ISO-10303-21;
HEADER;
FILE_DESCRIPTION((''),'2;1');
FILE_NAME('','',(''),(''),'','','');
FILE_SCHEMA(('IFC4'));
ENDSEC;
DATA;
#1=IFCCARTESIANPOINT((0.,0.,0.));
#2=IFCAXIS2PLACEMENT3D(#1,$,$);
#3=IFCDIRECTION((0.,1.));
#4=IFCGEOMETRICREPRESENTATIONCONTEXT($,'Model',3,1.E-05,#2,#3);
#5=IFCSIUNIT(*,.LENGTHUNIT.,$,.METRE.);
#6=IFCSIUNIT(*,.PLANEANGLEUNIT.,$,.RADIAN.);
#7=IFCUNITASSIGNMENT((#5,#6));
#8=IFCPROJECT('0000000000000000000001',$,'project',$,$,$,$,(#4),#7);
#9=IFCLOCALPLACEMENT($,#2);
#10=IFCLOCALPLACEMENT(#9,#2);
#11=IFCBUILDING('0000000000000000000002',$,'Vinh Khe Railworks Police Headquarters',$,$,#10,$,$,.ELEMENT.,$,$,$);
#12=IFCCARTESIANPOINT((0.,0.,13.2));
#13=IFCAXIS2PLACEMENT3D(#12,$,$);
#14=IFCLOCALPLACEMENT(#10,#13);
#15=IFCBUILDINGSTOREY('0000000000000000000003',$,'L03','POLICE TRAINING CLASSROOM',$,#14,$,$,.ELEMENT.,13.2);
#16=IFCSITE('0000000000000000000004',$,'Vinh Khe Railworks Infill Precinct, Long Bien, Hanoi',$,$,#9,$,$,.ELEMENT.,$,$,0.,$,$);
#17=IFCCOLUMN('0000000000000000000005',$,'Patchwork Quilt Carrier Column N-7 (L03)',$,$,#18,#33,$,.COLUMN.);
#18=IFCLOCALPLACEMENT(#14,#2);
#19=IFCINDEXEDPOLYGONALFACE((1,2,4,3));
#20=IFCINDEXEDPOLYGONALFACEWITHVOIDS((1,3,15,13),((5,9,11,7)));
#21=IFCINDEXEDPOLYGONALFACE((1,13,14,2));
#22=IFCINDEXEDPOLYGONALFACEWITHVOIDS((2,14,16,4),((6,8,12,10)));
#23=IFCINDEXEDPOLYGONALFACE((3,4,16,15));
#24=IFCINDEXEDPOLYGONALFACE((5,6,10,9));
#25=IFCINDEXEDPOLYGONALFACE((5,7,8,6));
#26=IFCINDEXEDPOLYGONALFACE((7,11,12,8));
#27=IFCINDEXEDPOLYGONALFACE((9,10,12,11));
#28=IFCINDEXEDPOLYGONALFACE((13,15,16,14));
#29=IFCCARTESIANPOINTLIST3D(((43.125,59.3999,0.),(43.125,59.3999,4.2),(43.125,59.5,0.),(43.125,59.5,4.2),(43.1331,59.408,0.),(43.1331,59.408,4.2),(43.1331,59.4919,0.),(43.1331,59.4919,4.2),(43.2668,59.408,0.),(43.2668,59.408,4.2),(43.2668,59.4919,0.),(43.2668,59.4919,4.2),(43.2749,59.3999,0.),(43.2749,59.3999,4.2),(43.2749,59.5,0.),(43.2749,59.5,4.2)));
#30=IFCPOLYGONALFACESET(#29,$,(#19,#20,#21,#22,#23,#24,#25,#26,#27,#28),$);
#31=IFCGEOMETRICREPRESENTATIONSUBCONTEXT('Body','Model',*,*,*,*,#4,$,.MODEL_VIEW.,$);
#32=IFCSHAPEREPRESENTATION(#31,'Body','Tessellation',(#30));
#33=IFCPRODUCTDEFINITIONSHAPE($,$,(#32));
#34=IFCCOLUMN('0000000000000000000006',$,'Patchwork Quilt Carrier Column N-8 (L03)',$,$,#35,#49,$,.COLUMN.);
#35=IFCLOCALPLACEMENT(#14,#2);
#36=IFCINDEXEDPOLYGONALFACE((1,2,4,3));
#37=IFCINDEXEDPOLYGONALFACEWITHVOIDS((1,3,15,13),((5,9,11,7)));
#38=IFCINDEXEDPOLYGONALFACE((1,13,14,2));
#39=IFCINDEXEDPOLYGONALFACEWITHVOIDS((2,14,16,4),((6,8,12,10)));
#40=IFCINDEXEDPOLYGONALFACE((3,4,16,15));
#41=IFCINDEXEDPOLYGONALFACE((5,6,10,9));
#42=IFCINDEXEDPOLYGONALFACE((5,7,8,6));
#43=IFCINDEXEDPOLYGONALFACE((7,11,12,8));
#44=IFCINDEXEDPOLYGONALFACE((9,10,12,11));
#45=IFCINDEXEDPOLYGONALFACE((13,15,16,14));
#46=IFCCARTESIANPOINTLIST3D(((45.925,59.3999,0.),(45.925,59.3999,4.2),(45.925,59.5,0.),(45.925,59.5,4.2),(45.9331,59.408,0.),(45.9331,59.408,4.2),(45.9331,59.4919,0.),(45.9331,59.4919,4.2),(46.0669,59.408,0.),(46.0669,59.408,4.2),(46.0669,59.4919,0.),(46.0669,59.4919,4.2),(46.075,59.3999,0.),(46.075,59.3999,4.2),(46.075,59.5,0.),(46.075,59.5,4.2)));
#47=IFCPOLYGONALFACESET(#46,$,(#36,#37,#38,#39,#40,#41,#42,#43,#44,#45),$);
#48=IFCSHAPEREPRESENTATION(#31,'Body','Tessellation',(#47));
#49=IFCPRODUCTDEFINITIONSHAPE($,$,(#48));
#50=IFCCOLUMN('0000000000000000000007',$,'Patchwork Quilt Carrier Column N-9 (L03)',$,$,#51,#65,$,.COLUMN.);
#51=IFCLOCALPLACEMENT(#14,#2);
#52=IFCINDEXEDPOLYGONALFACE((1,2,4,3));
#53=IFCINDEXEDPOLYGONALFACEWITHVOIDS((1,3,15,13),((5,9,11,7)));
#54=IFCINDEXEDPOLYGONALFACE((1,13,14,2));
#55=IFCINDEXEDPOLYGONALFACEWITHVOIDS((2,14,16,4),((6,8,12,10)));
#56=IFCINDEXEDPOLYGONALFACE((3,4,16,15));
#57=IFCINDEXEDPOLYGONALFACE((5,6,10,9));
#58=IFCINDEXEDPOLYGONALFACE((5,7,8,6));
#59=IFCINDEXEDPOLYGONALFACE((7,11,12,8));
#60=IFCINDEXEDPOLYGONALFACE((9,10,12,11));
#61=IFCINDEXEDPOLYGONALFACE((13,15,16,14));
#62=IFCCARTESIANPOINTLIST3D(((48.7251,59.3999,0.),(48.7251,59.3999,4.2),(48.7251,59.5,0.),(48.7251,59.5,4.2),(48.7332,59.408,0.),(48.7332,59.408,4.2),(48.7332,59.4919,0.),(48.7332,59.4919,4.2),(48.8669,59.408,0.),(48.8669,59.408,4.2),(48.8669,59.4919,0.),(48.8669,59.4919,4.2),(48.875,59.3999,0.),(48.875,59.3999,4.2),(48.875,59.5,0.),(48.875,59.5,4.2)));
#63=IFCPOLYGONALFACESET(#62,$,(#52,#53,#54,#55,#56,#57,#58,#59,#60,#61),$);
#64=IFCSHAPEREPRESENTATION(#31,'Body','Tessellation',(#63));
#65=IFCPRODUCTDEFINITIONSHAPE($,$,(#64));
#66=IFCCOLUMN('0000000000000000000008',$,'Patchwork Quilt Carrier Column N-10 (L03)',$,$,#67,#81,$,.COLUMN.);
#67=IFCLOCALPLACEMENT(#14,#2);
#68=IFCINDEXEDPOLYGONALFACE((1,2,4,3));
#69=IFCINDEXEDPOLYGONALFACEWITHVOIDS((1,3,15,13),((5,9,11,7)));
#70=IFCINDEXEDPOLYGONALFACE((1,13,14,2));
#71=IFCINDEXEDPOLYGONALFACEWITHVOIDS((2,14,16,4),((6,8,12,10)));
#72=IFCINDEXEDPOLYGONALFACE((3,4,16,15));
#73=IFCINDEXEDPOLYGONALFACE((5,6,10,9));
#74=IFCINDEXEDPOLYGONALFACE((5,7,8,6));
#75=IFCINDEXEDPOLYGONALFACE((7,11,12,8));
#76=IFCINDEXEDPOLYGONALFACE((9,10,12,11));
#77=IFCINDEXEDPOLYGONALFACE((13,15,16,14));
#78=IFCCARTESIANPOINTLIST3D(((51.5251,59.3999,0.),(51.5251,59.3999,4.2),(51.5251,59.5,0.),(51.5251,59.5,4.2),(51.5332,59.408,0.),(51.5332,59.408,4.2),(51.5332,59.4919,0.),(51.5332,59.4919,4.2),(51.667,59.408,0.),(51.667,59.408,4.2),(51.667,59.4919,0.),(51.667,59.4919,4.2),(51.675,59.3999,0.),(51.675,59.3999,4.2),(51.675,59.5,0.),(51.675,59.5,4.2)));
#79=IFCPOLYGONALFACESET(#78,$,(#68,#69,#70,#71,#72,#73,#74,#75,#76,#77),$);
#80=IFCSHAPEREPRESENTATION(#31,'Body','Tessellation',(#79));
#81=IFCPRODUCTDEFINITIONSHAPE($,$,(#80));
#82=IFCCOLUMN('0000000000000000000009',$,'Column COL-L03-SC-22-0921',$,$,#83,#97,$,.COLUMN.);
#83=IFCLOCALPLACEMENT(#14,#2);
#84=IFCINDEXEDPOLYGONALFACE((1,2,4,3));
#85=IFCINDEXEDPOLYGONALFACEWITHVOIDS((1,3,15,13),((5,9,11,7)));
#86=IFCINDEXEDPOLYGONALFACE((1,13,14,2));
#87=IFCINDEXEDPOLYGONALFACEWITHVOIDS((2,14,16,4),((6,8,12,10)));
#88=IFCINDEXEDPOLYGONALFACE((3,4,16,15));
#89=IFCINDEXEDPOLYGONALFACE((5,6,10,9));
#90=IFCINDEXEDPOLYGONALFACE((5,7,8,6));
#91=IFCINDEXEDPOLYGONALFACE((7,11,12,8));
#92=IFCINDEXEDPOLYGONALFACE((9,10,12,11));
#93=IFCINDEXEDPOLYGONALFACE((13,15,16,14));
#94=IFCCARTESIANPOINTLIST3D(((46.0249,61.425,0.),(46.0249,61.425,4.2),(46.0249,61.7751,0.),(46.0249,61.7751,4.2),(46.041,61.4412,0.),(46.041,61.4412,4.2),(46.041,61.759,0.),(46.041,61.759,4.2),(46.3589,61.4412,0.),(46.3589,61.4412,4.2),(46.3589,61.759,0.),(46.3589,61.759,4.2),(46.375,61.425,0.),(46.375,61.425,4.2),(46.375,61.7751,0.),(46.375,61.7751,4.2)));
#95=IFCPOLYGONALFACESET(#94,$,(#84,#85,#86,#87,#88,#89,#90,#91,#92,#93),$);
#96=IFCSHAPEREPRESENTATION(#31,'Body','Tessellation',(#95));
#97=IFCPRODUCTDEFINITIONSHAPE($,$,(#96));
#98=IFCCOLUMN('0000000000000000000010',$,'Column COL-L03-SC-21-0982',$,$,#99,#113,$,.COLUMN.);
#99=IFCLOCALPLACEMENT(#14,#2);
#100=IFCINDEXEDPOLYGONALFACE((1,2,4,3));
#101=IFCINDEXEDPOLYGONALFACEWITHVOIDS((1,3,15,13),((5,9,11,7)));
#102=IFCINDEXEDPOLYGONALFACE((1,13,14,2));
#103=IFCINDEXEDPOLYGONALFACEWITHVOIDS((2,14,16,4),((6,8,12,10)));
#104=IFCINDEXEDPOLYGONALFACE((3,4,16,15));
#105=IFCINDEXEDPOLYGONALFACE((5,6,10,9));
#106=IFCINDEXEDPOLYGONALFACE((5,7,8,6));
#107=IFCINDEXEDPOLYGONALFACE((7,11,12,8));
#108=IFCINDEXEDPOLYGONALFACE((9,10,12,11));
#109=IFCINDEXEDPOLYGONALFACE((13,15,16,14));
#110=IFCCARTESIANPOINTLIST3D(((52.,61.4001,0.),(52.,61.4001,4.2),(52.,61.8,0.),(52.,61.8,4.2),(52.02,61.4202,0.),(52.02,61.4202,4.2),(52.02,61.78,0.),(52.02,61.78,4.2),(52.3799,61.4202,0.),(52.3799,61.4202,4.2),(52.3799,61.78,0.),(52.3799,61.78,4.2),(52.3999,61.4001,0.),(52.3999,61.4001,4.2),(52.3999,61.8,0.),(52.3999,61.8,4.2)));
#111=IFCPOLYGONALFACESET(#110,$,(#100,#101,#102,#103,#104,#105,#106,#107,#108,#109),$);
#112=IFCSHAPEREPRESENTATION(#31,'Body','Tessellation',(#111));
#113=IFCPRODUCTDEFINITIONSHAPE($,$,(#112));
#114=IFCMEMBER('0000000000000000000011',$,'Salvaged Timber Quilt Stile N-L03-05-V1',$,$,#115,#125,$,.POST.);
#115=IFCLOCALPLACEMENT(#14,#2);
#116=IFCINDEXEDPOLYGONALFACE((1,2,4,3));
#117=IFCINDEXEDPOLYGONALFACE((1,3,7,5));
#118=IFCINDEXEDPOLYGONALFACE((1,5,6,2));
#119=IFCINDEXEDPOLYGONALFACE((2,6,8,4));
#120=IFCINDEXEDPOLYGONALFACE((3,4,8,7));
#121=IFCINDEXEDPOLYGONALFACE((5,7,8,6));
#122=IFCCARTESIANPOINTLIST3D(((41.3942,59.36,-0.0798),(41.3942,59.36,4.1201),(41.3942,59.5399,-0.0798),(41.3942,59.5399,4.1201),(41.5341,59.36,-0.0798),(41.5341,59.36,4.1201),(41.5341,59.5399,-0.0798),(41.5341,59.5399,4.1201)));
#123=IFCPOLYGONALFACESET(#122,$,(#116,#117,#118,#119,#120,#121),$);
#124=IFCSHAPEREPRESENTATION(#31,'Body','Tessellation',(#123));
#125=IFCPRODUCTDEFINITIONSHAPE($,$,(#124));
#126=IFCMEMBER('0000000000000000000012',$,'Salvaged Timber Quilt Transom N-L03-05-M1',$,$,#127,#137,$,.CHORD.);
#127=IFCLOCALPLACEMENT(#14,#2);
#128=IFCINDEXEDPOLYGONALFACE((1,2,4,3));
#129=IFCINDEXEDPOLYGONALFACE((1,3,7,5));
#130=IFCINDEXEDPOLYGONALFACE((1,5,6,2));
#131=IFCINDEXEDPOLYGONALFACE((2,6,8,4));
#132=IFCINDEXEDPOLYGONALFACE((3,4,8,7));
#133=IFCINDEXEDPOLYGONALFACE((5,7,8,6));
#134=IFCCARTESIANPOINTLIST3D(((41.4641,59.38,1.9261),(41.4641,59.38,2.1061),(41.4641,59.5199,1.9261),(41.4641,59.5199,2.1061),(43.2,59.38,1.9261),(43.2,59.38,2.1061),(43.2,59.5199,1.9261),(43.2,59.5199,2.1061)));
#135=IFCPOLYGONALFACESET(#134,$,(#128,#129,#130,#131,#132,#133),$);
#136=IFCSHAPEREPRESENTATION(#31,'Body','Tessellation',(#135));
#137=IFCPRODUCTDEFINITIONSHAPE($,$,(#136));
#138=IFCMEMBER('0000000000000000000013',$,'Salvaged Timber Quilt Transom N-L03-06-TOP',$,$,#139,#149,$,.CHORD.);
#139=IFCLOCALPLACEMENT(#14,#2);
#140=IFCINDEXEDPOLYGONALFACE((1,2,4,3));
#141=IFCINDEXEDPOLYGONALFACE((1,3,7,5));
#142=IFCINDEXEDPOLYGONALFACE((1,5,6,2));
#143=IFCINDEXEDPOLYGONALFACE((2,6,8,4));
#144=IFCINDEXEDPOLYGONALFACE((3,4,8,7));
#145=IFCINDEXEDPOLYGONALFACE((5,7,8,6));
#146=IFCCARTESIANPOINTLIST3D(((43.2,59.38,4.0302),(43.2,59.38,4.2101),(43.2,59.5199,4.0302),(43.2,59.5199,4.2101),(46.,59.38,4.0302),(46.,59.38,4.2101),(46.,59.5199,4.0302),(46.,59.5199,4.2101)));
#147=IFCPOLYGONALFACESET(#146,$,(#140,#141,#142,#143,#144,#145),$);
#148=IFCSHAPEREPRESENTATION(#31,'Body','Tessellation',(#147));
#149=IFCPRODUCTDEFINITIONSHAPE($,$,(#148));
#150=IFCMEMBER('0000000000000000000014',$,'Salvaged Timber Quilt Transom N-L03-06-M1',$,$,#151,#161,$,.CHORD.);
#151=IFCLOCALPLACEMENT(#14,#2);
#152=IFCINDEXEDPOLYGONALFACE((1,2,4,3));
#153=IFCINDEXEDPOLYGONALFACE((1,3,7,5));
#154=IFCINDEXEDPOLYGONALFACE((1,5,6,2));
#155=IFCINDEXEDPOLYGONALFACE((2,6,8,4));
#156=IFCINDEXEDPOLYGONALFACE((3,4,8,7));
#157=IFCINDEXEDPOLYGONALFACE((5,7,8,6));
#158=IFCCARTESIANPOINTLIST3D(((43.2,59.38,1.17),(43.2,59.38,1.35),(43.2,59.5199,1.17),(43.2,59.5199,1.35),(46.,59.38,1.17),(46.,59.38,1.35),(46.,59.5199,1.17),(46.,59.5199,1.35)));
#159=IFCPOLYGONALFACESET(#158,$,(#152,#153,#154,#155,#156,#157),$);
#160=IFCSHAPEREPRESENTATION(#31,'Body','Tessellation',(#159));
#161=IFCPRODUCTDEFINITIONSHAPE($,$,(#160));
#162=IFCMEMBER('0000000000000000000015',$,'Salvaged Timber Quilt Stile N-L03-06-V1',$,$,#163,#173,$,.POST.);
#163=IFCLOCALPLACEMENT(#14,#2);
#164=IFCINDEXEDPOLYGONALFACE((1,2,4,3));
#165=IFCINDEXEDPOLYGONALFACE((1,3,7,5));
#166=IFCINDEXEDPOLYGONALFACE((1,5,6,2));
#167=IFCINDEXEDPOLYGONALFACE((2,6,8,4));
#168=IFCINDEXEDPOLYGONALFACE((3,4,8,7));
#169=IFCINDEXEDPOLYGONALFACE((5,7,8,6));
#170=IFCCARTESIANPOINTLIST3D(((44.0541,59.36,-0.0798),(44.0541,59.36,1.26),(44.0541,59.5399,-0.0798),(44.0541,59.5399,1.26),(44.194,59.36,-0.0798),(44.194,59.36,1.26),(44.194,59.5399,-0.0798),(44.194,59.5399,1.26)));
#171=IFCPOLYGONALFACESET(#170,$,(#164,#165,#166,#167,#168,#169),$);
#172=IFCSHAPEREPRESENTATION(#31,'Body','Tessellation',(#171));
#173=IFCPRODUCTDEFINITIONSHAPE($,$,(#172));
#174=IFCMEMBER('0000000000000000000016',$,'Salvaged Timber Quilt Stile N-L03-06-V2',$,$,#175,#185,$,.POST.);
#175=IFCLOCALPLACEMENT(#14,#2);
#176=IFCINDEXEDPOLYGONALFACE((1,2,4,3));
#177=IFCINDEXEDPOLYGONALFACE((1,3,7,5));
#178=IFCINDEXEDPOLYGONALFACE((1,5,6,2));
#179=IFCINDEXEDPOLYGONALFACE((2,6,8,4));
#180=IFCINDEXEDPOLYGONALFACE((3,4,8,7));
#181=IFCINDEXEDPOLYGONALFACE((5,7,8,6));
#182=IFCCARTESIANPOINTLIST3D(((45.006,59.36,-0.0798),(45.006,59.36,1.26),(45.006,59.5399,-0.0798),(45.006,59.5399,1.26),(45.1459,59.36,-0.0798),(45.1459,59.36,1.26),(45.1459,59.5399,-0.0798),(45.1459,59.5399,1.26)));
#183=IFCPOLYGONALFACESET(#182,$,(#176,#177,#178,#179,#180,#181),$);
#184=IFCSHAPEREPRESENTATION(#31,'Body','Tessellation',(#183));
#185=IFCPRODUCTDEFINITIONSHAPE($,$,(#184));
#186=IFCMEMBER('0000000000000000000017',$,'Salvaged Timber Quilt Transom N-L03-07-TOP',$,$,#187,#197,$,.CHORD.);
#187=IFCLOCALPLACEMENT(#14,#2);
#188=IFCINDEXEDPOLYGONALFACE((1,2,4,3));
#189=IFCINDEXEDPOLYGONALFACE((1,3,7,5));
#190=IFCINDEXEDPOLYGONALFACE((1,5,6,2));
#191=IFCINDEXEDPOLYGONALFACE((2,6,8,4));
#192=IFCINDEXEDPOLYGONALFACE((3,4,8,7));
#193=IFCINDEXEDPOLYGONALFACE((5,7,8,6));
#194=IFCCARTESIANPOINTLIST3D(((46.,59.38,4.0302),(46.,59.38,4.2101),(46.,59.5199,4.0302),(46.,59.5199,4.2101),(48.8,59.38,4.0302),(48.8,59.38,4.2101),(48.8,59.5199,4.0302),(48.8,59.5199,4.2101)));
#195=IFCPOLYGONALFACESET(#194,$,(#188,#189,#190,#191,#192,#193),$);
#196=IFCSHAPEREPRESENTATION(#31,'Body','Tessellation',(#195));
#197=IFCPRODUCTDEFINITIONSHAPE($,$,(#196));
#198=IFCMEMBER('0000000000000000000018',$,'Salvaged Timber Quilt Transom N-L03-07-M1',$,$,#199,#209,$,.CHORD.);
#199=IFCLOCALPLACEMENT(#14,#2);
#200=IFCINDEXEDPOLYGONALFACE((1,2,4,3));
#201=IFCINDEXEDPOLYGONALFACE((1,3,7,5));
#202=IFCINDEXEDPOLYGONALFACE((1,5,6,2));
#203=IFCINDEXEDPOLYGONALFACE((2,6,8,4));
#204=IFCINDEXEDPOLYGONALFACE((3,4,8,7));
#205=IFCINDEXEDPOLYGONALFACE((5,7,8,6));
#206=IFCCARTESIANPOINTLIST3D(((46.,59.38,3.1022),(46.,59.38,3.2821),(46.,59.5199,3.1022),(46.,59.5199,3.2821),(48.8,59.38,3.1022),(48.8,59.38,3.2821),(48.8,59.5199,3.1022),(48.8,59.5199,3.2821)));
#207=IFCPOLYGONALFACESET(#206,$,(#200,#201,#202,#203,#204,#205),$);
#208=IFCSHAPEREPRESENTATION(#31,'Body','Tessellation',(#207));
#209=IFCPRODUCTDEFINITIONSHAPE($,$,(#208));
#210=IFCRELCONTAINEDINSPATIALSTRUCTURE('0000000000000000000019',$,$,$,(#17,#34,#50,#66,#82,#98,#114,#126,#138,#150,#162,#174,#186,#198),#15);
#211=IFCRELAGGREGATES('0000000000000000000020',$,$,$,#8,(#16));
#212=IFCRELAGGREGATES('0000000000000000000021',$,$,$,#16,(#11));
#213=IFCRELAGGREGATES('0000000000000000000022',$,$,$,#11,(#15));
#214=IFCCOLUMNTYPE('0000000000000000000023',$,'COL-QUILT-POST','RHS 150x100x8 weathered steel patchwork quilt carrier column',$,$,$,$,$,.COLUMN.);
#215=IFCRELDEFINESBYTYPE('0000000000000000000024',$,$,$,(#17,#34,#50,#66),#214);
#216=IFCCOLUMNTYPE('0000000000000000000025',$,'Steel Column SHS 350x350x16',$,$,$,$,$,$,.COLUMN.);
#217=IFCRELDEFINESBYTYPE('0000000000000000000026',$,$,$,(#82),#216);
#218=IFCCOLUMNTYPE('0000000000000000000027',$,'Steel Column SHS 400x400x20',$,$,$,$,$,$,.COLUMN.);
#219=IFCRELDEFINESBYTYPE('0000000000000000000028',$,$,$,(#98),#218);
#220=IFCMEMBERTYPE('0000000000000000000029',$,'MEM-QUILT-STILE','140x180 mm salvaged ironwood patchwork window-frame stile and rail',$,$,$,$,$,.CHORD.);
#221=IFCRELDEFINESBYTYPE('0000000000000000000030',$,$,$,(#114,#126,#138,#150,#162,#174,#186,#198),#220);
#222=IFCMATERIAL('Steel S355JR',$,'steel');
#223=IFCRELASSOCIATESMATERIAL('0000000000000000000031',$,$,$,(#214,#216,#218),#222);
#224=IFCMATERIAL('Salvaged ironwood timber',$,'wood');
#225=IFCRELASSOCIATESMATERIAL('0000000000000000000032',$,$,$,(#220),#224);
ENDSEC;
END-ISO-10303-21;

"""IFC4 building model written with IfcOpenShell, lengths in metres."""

from ifc_helpers import new_model, si_unit, direction, frame, origin, origin_2d, place, context, subcontext, project, spatial, rectangle, hollow_rectangle, extrude, material, material_profile, profile_set, type_object, element, save


model = new_model("IFC4")

# Units and contexts
model_context = context("Model", 3, precision=1e-05, world=origin(), true_north=direction((0.0, 1.0)))
body_context = subcontext(model_context, "Body", "Model", "MODEL_VIEW")
ifc_project = project(units=[si_unit("LENGTHUNIT", "METRE"), si_unit("PLANEANGLEUNIT", "RADIAN")], contexts=[model_context])

# Site, building, storey
site_placement = place(None, origin())
site = spatial("IfcSite", under=ifc_project, at=site_placement, Name="Vinh Khe Railworks Infill Precinct, Long Bien, Hanoi", CompositionType="ELEMENT", RefElevation=0.0)
building_placement = place(site_placement, origin())
building = spatial("IfcBuilding", under=site, at=building_placement, Name="Vinh Khe Railworks Police Headquarters", CompositionType="ELEMENT")
storey_placement = place(building_placement, frame((0.0, 0.0, 13.2)))
storey = spatial("IfcBuildingStorey", under=building, at=storey_placement, Name="L03", Description="POLICE TRAINING CLASSROOM", CompositionType="ELEMENT", Elevation=13.2)

# Columns
ifc_material_1 = material(Name="Steel S355JR", Category="steel")
ifc_material_profile_1 = material_profile(ifc_material_1, hollow_rectangle(XDim=0.1499, YDim=0.1001, WallThickness=0.0081, at=origin_2d()), Name="RHS 150x100x8")
ifc_profile_set_1 = profile_set([ifc_material_profile_1], Name="Steel S355JR")
column_type_1 = type_object("IfcColumnType", Name="COL-QUILT-POST", Description="RHS 150x100x8 weathered steel patchwork quilt carrier column", PredefinedType="COLUMN", material=ifc_profile_set_1)
for number, where, z_axis, x_axis, name in (
    (1, (43.2, 59.45, 0.0), (0.0, 0.0, 1.0), (1.0, 0.0, 0.0), "Patchwork Quilt Carrier Column N-7 (L03)"),
    (2, (46.0, 59.45, 0.0), (0.0, 0.0, 1.0), (1.0, 0.0, 0.0), "Patchwork Quilt Carrier Column N-8 (L03)"),
    (3, (48.8, 59.45, 0.0), (0.0, 0.0, 1.0), (1.0, 0.0, 0.0), "Patchwork Quilt Carrier Column N-9 (L03)"),
    (4, (51.6001, 59.45, 0.0), (0.0, 0.0, 1.0), (1.0, 0.0, 0.0), "Patchwork Quilt Carrier Column N-10 (L03)"),
):
    element("IfcColumn", number, at=place(storey_placement, frame(where, z_axis=z_axis, x_axis=x_axis)), inside=storey, type_object=column_type_1, Name=name, PredefinedType="COLUMN", context=body_context, shape_type="SweptSolid", body=[
        extrude(hollow_rectangle(XDim=0.1499, YDim=0.1001, WallThickness=0.0081, at=origin_2d()), origin(), (0.0, 0.0, 1.0), 4.2),
    ])
ifc_material_profile_2 = material_profile(ifc_material_1, hollow_rectangle(XDim=0.3501, YDim=0.3501, WallThickness=0.0161, at=origin_2d()), Name="SHS 350x350x16")
ifc_profile_set_2 = profile_set([ifc_material_profile_2], Name="Steel S355JR")
column_type_2 = type_object("IfcColumnType", Name="Steel Column SHS 350x350x16", PredefinedType="COLUMN", material=ifc_profile_set_2)
column_1_placement = place(storey_placement, frame((46.2, 61.6001, 0.0), z_axis=(0.0, 0.0, 1.0), x_axis=(1.0, 0.0, 0.0)))
element("IfcColumn", 5, at=column_1_placement, inside=storey, type_object=column_type_2, Name="Column COL-L03-SC-22-0921", PredefinedType="COLUMN", context=body_context, shape_type="SweptSolid", body=[
    extrude(hollow_rectangle(XDim=0.3501, YDim=0.3501, WallThickness=0.0161, at=origin_2d()), origin(), (0.0, 0.0, 1.0), 4.2),
])
ifc_material_profile_3 = material_profile(ifc_material_1, hollow_rectangle(XDim=0.3999, YDim=0.3999, WallThickness=0.02, at=origin_2d()), Name="SHS 400x400x20")
ifc_profile_set_3 = profile_set([ifc_material_profile_3], Name="Steel S355JR")
column_type_3 = type_object("IfcColumnType", Name="Steel Column SHS 400x400x20", PredefinedType="COLUMN", material=ifc_profile_set_3)
column_2_placement = place(storey_placement, frame((52.2, 61.6001, 0.0), z_axis=(0.0, 0.0, 1.0), x_axis=(1.0, 0.0, 0.0)))
element("IfcColumn", 6, at=column_2_placement, inside=storey, type_object=column_type_3, Name="Column COL-L03-SC-21-0982", PredefinedType="COLUMN", context=body_context, shape_type="SweptSolid", body=[
    extrude(hollow_rectangle(XDim=0.3999, YDim=0.3999, WallThickness=0.02, at=origin_2d()), origin(), (0.0, 0.0, 1.0), 4.2),
])

# Members
ifc_material_2 = material(Name="Salvaged ironwood timber", Category="wood")
ifc_material_profile_4 = material_profile(ifc_material_2, rectangle(XDim=0.1399, YDim=0.1799, at=origin_2d()), Name="TIMBER 140x180")
ifc_profile_set_4 = profile_set([ifc_material_profile_4], Name="Salvaged ironwood timber")
member_type = type_object("IfcMemberType", Name="MEM-QUILT-STILE", Description="140x180 mm salvaged ironwood patchwork window-frame stile and rail", PredefinedType="CHORD", material=ifc_profile_set_4)
member_1_placement = place(storey_placement, frame((41.4641, 59.45, -0.0798), z_axis=(0.0, 0.0, 1.0), x_axis=(1.0, 0.0, 0.0)))
element("IfcMember", 7, at=member_1_placement, inside=storey, type_object=member_type, Name="Salvaged Timber Quilt Stile N-L03-05-V1", PredefinedType="POST", context=body_context, shape_type="SweptSolid", body=[
    extrude(rectangle(XDim=0.1399, YDim=0.1799, at=origin_2d()), origin(), (0.0, 0.0, 1.0), 4.2),
])
member_2_placement = place(storey_placement, frame((41.4641, 59.45, 2.0161), z_axis=(1.0, 0.0, 0.0), x_axis=(0.0, 1.0, 0.0)))
element("IfcMember", 8, at=member_2_placement, inside=storey, type_object=member_type, Name="Salvaged Timber Quilt Transom N-L03-05-M1", PredefinedType="CHORD", context=body_context, shape_type="SweptSolid", body=[
    extrude(rectangle(XDim=0.1399, YDim=0.1799, at=origin_2d()), origin(), (0.0, 0.0, 1.0), 1.7358),
])
for number, where, z_axis, x_axis, name in (
    (9, (43.2, 59.45, 4.1201), (1.0, 0.0, 0.0), (0.0, 1.0, 0.0), "Salvaged Timber Quilt Transom N-L03-06-TOP"),
    (10, (43.2, 59.45, 1.26), (1.0, 0.0, 0.0), (0.0, 1.0, 0.0), "Salvaged Timber Quilt Transom N-L03-06-M1"),
):
    element("IfcMember", number, at=place(storey_placement, frame(where, z_axis=z_axis, x_axis=x_axis)), inside=storey, type_object=member_type, Name=name, PredefinedType="CHORD", context=body_context, shape_type="SweptSolid", body=[
        extrude(rectangle(XDim=0.1399, YDim=0.1799, at=origin_2d()), origin(), (0.0, 0.0, 1.0), 2.8),
    ])
for number, where, z_axis, x_axis, name in (
    (11, (44.124, 59.45, -0.0798), (0.0, 0.0, 1.0), (1.0, 0.0, 0.0), "Salvaged Timber Quilt Stile N-L03-06-V1"),
    (12, (45.0759, 59.45, -0.0798), (0.0, 0.0, 1.0), (1.0, 0.0, 0.0), "Salvaged Timber Quilt Stile N-L03-06-V2"),
):
    element("IfcMember", number, at=place(storey_placement, frame(where, z_axis=z_axis, x_axis=x_axis)), inside=storey, type_object=member_type, Name=name, PredefinedType="POST", context=body_context, shape_type="SweptSolid", body=[
        extrude(rectangle(XDim=0.1399, YDim=0.1799, at=origin_2d()), origin(), (0.0, 0.0, 1.0), 1.3398),
    ])
for number, where, z_axis, x_axis, name in (
    (13, (46.0, 59.45, 4.1201), (1.0, 0.0, 0.0), (0.0, 1.0, 0.0), "Salvaged Timber Quilt Transom N-L03-07-TOP"),
    (14, (46.0, 59.45, 3.1921), (1.0, 0.0, 0.0), (0.0, 1.0, 0.0), "Salvaged Timber Quilt Transom N-L03-07-M1"),
):
    element("IfcMember", number, at=place(storey_placement, frame(where, z_axis=z_axis, x_axis=x_axis)), inside=storey, type_object=member_type, Name=name, PredefinedType="CHORD", context=body_context, shape_type="SweptSolid", body=[
        extrude(rectangle(XDim=0.1399, YDim=0.1799, at=origin_2d()), origin(), (0.0, 0.0, 1.0), 2.8),
    ])

save(model, "model.ifc")
